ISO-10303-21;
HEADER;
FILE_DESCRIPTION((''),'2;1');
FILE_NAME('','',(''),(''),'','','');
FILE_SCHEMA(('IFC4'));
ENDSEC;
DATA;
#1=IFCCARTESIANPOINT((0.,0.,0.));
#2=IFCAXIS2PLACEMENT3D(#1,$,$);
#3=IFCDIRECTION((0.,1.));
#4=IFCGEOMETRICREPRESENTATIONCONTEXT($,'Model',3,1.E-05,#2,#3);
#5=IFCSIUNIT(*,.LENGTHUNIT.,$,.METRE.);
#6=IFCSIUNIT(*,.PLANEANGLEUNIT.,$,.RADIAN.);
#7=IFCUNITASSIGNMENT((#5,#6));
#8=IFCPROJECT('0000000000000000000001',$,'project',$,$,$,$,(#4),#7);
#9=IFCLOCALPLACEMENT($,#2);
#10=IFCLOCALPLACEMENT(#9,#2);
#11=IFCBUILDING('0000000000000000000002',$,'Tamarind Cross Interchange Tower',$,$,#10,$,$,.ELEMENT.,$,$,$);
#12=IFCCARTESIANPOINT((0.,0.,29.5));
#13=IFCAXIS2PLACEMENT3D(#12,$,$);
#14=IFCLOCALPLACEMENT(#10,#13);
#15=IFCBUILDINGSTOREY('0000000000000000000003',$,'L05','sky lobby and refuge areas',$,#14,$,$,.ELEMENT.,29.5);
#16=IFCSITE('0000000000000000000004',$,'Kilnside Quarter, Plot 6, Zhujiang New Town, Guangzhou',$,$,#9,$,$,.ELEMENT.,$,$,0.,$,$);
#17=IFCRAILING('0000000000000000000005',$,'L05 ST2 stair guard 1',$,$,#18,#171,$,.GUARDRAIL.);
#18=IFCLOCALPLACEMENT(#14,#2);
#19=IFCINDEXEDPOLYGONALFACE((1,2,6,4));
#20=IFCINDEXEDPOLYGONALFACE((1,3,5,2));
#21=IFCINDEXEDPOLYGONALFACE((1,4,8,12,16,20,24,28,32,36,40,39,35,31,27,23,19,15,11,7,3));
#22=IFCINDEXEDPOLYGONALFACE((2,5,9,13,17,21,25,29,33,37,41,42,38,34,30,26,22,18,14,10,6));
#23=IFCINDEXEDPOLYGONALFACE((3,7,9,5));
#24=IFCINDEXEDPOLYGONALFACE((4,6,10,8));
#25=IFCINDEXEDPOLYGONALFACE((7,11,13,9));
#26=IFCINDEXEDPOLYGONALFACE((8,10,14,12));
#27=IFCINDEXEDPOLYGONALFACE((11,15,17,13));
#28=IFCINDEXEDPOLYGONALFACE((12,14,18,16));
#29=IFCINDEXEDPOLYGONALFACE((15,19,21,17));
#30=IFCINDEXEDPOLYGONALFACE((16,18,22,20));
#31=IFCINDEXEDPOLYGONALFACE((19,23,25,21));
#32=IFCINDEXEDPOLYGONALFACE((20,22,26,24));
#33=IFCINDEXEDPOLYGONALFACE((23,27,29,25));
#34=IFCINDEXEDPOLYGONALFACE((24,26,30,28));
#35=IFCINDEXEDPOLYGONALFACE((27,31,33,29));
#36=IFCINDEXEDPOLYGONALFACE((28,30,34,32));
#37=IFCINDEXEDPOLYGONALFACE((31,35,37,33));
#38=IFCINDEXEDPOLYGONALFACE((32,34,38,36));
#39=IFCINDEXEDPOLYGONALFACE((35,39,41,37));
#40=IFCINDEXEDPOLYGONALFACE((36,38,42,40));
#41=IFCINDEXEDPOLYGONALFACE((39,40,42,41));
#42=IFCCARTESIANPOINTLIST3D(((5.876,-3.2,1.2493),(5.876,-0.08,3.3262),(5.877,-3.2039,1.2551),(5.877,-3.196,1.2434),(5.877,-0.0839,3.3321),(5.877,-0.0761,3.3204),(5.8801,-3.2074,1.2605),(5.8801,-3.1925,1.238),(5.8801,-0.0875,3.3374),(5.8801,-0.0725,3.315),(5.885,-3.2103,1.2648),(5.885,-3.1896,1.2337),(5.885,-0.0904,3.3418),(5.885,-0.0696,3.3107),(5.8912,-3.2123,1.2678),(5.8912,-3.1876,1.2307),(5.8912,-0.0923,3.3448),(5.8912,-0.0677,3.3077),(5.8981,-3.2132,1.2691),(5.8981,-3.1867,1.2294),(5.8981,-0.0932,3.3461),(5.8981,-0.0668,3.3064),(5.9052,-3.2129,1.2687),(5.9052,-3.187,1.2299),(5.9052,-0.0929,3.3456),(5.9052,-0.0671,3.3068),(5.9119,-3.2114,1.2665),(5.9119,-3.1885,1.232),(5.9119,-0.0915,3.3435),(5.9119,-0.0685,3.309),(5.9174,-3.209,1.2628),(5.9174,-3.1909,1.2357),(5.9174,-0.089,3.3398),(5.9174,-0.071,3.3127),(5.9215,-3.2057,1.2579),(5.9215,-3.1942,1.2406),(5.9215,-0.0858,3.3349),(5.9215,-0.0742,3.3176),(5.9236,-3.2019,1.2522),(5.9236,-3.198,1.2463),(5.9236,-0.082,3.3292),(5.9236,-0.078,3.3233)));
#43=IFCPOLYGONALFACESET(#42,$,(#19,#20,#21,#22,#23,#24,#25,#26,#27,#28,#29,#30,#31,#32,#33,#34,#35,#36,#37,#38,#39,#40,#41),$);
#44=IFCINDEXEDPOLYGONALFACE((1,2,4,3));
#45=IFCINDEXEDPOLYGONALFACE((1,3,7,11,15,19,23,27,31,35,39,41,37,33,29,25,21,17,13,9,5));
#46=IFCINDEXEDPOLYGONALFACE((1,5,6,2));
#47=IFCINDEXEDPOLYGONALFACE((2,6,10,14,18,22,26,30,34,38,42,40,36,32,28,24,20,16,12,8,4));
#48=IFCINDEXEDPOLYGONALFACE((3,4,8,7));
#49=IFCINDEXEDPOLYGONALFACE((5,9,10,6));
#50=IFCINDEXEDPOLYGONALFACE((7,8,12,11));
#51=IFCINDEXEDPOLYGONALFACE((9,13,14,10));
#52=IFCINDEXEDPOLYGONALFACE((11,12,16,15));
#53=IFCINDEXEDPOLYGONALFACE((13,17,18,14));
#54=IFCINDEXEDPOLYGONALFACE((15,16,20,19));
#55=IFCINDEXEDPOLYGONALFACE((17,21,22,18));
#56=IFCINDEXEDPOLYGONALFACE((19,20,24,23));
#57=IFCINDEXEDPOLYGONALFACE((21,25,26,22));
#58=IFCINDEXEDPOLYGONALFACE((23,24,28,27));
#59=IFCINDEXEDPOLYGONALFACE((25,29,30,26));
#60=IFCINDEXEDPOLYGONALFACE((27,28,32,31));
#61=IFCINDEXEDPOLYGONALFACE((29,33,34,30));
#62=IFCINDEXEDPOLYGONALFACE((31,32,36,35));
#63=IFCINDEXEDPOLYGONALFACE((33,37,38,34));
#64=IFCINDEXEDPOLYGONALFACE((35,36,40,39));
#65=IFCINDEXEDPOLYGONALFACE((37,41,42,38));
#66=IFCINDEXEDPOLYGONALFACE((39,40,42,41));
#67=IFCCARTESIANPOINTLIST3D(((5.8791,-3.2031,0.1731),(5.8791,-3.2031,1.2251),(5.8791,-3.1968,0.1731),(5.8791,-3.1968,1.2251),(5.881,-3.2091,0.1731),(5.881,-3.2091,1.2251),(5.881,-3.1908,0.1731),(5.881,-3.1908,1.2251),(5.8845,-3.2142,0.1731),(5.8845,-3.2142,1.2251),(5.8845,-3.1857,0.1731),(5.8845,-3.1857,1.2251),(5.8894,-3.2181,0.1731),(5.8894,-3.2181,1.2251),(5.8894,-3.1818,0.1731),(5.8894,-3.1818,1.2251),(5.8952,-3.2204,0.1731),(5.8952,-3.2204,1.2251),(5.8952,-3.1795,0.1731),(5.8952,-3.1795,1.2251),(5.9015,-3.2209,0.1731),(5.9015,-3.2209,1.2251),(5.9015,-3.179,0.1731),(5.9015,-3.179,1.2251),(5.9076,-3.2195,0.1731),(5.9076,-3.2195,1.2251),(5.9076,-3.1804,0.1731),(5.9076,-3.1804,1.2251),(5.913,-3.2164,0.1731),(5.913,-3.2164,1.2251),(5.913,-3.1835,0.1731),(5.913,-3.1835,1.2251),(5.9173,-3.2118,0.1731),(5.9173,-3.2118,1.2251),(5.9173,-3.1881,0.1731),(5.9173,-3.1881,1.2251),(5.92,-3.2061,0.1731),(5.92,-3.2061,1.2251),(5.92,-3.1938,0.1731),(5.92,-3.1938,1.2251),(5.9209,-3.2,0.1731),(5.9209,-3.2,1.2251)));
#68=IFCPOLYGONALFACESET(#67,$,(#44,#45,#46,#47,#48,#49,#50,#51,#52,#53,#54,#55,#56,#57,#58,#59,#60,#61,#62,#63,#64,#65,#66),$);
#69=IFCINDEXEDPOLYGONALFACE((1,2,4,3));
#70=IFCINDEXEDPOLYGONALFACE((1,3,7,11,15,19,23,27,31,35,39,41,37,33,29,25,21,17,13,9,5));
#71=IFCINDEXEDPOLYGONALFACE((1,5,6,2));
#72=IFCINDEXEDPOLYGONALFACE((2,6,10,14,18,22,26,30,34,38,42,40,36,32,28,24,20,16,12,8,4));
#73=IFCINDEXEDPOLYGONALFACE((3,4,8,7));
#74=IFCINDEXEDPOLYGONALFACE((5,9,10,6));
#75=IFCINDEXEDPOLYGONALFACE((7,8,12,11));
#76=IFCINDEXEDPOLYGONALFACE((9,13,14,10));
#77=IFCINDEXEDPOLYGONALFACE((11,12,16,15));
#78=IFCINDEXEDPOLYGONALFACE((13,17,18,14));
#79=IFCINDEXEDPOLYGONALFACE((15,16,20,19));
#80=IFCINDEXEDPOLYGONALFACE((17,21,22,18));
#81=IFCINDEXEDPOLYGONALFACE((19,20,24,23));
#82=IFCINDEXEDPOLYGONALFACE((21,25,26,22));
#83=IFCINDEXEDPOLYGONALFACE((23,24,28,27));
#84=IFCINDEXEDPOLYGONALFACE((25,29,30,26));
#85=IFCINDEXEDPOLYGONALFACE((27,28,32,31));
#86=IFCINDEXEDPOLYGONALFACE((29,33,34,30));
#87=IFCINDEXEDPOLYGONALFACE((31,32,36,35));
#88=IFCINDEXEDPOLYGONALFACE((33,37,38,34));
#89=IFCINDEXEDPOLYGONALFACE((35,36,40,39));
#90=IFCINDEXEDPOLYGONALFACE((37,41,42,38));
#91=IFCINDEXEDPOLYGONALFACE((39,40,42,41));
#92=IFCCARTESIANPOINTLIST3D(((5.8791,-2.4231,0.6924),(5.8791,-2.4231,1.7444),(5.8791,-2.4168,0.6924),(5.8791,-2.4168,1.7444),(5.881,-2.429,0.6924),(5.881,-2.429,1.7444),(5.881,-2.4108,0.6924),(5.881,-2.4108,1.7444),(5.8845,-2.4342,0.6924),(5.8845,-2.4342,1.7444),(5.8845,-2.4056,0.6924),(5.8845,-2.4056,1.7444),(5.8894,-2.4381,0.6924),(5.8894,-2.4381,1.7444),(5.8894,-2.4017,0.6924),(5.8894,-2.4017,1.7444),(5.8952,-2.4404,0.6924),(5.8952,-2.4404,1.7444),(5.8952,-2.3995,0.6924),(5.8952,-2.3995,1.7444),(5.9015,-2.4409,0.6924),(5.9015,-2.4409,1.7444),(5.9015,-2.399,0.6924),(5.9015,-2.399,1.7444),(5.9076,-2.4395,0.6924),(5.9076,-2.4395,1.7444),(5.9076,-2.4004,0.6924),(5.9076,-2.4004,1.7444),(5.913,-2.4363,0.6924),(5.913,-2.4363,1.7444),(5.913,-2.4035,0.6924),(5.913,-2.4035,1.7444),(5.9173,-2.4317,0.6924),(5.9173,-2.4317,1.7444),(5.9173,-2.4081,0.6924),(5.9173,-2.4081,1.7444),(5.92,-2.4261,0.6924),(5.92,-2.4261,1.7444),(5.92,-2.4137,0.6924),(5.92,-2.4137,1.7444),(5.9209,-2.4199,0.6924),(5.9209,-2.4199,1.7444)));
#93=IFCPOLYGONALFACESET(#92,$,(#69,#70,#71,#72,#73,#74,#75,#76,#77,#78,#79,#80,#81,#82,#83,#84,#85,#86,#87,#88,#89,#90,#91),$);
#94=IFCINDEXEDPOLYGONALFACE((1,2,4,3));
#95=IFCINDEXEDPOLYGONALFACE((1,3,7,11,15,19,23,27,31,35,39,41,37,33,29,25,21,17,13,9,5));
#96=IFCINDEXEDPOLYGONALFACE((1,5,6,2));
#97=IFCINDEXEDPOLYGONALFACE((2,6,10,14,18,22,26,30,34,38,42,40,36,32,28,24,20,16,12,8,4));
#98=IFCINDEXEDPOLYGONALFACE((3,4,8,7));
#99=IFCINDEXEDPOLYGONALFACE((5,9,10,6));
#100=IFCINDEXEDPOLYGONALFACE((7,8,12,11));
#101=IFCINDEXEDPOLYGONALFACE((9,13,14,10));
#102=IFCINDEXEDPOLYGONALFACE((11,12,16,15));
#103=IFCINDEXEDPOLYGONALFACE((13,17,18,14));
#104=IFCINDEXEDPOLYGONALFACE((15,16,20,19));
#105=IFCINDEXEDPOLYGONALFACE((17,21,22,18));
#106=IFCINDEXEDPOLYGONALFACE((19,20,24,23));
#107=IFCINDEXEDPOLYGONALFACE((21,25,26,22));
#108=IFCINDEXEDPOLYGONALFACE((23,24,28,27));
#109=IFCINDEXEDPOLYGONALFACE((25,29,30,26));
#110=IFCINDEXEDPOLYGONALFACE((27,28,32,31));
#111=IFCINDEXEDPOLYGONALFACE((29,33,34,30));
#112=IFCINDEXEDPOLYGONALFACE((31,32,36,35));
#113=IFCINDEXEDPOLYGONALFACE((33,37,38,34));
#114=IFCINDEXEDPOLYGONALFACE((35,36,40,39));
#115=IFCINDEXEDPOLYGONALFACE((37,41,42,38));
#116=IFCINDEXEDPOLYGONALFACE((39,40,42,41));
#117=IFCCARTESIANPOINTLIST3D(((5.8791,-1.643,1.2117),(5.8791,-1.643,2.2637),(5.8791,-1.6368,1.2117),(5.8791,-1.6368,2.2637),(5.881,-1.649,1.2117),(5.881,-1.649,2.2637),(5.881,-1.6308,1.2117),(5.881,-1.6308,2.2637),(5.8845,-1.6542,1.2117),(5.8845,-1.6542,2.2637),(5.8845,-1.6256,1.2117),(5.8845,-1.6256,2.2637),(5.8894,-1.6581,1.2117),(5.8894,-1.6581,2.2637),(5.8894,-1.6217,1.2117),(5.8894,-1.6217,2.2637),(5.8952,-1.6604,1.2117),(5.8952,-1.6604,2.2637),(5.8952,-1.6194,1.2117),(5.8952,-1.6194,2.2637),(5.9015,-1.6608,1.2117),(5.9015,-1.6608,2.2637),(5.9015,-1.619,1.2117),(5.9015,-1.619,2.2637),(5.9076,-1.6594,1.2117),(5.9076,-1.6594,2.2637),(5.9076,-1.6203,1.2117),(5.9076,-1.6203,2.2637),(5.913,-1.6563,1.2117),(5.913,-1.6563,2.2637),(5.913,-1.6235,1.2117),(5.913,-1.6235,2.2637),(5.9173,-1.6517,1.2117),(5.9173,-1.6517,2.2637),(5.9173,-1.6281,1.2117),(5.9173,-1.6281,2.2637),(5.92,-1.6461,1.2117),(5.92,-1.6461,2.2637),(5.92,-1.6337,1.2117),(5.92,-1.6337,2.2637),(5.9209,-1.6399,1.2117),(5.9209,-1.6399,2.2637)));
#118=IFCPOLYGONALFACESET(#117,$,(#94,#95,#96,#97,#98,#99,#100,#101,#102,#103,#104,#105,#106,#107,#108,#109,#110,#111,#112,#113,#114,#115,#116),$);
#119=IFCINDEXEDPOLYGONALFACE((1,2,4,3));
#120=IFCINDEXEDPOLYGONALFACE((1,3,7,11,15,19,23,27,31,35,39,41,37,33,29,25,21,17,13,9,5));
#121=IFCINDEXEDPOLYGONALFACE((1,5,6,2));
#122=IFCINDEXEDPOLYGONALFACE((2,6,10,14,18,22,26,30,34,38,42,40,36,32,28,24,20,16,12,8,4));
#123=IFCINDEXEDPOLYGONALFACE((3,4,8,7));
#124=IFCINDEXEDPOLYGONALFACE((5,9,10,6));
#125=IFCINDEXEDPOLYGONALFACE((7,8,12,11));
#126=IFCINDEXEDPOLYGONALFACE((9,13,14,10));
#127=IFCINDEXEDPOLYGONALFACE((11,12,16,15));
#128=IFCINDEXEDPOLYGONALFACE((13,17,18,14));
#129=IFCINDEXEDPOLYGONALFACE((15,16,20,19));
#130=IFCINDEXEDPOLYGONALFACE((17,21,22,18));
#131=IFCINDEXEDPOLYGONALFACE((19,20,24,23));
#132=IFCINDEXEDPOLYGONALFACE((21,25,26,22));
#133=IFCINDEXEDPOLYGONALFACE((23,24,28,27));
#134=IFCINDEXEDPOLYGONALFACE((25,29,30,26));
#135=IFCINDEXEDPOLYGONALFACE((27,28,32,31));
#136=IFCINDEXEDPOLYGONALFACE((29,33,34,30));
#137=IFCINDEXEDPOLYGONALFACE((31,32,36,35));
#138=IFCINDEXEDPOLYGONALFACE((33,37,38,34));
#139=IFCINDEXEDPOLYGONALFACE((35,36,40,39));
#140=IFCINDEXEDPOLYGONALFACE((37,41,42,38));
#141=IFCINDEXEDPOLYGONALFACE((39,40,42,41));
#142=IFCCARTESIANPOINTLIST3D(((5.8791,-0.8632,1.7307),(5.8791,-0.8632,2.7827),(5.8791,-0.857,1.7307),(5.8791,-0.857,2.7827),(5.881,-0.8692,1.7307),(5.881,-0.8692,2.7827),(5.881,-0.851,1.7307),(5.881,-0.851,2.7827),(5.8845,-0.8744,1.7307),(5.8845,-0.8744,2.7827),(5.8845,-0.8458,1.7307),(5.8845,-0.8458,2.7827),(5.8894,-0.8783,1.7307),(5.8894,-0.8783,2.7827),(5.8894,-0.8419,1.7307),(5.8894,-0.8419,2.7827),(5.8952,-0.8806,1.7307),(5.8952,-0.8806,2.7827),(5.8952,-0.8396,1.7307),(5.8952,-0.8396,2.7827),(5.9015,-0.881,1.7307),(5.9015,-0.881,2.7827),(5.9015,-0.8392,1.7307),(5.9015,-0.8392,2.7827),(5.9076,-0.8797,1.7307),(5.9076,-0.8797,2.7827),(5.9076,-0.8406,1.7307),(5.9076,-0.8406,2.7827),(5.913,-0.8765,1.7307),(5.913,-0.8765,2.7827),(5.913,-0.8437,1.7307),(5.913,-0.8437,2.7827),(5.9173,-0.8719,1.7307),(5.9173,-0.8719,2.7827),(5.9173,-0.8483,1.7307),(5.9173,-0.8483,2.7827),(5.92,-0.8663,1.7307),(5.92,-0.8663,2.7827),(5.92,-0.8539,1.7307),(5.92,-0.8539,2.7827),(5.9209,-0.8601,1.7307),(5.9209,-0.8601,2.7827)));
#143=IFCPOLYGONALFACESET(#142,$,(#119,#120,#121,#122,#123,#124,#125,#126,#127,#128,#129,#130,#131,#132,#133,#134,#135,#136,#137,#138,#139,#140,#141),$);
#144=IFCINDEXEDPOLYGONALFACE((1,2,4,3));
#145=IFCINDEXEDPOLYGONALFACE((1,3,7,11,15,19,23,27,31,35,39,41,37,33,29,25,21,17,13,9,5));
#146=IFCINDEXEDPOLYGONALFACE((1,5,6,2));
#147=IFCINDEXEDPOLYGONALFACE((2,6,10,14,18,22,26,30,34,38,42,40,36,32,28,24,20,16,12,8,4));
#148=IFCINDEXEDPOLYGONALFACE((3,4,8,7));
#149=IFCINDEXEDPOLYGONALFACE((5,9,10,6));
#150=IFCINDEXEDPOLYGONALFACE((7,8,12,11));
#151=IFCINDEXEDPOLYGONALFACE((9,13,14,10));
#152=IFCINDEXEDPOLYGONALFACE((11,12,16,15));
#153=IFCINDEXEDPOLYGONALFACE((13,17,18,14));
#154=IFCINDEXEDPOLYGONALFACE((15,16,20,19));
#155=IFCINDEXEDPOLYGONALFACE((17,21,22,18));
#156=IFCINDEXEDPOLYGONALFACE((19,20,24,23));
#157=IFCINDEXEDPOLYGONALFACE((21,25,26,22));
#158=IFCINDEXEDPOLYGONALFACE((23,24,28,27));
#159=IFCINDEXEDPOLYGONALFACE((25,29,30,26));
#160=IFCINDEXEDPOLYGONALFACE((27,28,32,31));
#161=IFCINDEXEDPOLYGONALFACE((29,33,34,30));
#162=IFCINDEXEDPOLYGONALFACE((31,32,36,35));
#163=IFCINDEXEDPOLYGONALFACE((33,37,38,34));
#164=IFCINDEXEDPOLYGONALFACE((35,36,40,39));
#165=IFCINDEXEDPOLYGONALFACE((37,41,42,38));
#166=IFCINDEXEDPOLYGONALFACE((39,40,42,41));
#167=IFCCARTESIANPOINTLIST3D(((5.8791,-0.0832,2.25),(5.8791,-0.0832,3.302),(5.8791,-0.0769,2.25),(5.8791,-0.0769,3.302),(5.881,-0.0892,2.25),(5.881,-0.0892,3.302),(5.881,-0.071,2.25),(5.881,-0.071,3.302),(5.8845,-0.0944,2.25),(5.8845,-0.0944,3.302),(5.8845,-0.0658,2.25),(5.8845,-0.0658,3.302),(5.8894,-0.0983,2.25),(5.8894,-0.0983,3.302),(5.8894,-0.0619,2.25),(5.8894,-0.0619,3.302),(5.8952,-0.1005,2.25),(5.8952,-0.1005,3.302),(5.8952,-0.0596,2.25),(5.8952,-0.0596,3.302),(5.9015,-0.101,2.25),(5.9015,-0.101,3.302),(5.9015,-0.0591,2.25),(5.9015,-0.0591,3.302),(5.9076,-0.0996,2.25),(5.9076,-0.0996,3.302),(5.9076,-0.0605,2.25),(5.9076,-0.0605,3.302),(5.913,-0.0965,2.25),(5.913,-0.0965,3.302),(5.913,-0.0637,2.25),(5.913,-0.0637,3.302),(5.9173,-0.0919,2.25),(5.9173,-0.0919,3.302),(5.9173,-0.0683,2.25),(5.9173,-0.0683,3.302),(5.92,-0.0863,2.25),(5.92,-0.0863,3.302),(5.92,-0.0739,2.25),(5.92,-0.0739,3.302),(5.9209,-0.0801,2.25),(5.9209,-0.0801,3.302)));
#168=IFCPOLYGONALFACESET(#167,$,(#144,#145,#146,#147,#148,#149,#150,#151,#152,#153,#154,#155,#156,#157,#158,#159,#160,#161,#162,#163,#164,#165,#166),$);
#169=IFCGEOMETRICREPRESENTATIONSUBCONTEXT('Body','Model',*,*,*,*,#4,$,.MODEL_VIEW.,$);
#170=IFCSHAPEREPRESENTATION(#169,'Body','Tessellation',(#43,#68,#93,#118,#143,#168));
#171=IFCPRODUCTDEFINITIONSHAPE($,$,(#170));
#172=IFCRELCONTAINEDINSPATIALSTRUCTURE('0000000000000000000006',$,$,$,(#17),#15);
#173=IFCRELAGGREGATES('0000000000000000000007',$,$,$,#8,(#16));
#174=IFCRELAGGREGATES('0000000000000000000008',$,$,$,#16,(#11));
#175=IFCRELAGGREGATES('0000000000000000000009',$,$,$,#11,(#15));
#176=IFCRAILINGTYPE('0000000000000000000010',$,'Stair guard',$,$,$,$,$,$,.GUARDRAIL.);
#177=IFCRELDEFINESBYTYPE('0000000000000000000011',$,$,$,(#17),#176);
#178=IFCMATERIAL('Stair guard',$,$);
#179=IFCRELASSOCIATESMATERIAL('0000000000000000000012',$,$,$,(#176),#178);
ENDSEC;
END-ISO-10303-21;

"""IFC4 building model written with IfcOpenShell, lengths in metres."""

from ifc_helpers import new_model, si_unit, direction, frame, origin, origin_2d, place, context, subcontext, project, spatial, circle, extrude, material, type_object, element, save


model = new_model("IFC4")

# Units and contexts
model_context = context("Model", 3, precision=1e-05, world=origin(), true_north=direction((0.0, 1.0)))
body_context = subcontext(model_context, "Body", "Model", "MODEL_VIEW")
ifc_project = project(units=[si_unit("LENGTHUNIT", "METRE"), si_unit("PLANEANGLEUNIT", "RADIAN")], contexts=[model_context])

# Site, building, storey
site_placement = place(None, origin())
site = spatial("IfcSite", under=ifc_project, at=site_placement, Name="Kilnside Quarter, Plot 6, Zhujiang New Town, Guangzhou", CompositionType="ELEMENT", RefElevation=0.0)
building_placement = place(site_placement, origin())
building = spatial("IfcBuilding", under=site, at=building_placement, Name="Tamarind Cross Interchange Tower", CompositionType="ELEMENT")
storey_placement = place(building_placement, frame((0.0, 0.0, 29.5)))
storey = spatial("IfcBuildingStorey", under=building, at=storey_placement, Name="L05", Description="sky lobby and refuge areas", CompositionType="ELEMENT", Elevation=29.5)

# Railing
ifc_material_1 = material(Name="Stair guard")
railing_type_1 = type_object("IfcRailingType", Name="Stair guard", PredefinedType="GUARDRAIL", material=ifc_material_1)
railing_1_placement = place(storey_placement, frame((5.8999, -3.2, 0.1731)))
element("IfcRailing", 1, at=railing_1_placement, inside=storey, type_object=railing_type_1, Name="L05 ST2 stair guard 1", PredefinedType="GUARDRAIL", context=body_context, shape_type="SweptSolid", body=[
    extrude(circle(Radius=0.0239, at=origin_2d()), frame((0.0, 0.0, 1.0762), z_axis=(0.0, 0.832421, 0.554144), x_axis=(-1.0, 0.0, 0.0)), (0.0, 0.0, 1.0), 3.748),
    extrude(circle(Radius=0.021, at=origin_2d()), origin(), (0.0, 0.0, 1.0), 1.052),
    extrude(circle(Radius=0.021, at=origin_2d()), frame((0.0, 0.78, 0.5193)), (0.0, 0.0, 1.0), 1.052),
    extrude(circle(Radius=0.021, at=origin_2d()), frame((0.0, 1.5601, 1.0386)), (0.0, 0.0, 1.0), 1.052),
    extrude(circle(Radius=0.021, at=origin_2d()), frame((0.0, 2.3398, 1.5576)), (0.0, 0.0, 1.0), 1.052),
    extrude(circle(Radius=0.021, at=origin_2d()), frame((0.0, 3.1199, 2.0769)), (0.0, 0.0, 1.0), 1.052),
])

save(model, "model.ifc")
